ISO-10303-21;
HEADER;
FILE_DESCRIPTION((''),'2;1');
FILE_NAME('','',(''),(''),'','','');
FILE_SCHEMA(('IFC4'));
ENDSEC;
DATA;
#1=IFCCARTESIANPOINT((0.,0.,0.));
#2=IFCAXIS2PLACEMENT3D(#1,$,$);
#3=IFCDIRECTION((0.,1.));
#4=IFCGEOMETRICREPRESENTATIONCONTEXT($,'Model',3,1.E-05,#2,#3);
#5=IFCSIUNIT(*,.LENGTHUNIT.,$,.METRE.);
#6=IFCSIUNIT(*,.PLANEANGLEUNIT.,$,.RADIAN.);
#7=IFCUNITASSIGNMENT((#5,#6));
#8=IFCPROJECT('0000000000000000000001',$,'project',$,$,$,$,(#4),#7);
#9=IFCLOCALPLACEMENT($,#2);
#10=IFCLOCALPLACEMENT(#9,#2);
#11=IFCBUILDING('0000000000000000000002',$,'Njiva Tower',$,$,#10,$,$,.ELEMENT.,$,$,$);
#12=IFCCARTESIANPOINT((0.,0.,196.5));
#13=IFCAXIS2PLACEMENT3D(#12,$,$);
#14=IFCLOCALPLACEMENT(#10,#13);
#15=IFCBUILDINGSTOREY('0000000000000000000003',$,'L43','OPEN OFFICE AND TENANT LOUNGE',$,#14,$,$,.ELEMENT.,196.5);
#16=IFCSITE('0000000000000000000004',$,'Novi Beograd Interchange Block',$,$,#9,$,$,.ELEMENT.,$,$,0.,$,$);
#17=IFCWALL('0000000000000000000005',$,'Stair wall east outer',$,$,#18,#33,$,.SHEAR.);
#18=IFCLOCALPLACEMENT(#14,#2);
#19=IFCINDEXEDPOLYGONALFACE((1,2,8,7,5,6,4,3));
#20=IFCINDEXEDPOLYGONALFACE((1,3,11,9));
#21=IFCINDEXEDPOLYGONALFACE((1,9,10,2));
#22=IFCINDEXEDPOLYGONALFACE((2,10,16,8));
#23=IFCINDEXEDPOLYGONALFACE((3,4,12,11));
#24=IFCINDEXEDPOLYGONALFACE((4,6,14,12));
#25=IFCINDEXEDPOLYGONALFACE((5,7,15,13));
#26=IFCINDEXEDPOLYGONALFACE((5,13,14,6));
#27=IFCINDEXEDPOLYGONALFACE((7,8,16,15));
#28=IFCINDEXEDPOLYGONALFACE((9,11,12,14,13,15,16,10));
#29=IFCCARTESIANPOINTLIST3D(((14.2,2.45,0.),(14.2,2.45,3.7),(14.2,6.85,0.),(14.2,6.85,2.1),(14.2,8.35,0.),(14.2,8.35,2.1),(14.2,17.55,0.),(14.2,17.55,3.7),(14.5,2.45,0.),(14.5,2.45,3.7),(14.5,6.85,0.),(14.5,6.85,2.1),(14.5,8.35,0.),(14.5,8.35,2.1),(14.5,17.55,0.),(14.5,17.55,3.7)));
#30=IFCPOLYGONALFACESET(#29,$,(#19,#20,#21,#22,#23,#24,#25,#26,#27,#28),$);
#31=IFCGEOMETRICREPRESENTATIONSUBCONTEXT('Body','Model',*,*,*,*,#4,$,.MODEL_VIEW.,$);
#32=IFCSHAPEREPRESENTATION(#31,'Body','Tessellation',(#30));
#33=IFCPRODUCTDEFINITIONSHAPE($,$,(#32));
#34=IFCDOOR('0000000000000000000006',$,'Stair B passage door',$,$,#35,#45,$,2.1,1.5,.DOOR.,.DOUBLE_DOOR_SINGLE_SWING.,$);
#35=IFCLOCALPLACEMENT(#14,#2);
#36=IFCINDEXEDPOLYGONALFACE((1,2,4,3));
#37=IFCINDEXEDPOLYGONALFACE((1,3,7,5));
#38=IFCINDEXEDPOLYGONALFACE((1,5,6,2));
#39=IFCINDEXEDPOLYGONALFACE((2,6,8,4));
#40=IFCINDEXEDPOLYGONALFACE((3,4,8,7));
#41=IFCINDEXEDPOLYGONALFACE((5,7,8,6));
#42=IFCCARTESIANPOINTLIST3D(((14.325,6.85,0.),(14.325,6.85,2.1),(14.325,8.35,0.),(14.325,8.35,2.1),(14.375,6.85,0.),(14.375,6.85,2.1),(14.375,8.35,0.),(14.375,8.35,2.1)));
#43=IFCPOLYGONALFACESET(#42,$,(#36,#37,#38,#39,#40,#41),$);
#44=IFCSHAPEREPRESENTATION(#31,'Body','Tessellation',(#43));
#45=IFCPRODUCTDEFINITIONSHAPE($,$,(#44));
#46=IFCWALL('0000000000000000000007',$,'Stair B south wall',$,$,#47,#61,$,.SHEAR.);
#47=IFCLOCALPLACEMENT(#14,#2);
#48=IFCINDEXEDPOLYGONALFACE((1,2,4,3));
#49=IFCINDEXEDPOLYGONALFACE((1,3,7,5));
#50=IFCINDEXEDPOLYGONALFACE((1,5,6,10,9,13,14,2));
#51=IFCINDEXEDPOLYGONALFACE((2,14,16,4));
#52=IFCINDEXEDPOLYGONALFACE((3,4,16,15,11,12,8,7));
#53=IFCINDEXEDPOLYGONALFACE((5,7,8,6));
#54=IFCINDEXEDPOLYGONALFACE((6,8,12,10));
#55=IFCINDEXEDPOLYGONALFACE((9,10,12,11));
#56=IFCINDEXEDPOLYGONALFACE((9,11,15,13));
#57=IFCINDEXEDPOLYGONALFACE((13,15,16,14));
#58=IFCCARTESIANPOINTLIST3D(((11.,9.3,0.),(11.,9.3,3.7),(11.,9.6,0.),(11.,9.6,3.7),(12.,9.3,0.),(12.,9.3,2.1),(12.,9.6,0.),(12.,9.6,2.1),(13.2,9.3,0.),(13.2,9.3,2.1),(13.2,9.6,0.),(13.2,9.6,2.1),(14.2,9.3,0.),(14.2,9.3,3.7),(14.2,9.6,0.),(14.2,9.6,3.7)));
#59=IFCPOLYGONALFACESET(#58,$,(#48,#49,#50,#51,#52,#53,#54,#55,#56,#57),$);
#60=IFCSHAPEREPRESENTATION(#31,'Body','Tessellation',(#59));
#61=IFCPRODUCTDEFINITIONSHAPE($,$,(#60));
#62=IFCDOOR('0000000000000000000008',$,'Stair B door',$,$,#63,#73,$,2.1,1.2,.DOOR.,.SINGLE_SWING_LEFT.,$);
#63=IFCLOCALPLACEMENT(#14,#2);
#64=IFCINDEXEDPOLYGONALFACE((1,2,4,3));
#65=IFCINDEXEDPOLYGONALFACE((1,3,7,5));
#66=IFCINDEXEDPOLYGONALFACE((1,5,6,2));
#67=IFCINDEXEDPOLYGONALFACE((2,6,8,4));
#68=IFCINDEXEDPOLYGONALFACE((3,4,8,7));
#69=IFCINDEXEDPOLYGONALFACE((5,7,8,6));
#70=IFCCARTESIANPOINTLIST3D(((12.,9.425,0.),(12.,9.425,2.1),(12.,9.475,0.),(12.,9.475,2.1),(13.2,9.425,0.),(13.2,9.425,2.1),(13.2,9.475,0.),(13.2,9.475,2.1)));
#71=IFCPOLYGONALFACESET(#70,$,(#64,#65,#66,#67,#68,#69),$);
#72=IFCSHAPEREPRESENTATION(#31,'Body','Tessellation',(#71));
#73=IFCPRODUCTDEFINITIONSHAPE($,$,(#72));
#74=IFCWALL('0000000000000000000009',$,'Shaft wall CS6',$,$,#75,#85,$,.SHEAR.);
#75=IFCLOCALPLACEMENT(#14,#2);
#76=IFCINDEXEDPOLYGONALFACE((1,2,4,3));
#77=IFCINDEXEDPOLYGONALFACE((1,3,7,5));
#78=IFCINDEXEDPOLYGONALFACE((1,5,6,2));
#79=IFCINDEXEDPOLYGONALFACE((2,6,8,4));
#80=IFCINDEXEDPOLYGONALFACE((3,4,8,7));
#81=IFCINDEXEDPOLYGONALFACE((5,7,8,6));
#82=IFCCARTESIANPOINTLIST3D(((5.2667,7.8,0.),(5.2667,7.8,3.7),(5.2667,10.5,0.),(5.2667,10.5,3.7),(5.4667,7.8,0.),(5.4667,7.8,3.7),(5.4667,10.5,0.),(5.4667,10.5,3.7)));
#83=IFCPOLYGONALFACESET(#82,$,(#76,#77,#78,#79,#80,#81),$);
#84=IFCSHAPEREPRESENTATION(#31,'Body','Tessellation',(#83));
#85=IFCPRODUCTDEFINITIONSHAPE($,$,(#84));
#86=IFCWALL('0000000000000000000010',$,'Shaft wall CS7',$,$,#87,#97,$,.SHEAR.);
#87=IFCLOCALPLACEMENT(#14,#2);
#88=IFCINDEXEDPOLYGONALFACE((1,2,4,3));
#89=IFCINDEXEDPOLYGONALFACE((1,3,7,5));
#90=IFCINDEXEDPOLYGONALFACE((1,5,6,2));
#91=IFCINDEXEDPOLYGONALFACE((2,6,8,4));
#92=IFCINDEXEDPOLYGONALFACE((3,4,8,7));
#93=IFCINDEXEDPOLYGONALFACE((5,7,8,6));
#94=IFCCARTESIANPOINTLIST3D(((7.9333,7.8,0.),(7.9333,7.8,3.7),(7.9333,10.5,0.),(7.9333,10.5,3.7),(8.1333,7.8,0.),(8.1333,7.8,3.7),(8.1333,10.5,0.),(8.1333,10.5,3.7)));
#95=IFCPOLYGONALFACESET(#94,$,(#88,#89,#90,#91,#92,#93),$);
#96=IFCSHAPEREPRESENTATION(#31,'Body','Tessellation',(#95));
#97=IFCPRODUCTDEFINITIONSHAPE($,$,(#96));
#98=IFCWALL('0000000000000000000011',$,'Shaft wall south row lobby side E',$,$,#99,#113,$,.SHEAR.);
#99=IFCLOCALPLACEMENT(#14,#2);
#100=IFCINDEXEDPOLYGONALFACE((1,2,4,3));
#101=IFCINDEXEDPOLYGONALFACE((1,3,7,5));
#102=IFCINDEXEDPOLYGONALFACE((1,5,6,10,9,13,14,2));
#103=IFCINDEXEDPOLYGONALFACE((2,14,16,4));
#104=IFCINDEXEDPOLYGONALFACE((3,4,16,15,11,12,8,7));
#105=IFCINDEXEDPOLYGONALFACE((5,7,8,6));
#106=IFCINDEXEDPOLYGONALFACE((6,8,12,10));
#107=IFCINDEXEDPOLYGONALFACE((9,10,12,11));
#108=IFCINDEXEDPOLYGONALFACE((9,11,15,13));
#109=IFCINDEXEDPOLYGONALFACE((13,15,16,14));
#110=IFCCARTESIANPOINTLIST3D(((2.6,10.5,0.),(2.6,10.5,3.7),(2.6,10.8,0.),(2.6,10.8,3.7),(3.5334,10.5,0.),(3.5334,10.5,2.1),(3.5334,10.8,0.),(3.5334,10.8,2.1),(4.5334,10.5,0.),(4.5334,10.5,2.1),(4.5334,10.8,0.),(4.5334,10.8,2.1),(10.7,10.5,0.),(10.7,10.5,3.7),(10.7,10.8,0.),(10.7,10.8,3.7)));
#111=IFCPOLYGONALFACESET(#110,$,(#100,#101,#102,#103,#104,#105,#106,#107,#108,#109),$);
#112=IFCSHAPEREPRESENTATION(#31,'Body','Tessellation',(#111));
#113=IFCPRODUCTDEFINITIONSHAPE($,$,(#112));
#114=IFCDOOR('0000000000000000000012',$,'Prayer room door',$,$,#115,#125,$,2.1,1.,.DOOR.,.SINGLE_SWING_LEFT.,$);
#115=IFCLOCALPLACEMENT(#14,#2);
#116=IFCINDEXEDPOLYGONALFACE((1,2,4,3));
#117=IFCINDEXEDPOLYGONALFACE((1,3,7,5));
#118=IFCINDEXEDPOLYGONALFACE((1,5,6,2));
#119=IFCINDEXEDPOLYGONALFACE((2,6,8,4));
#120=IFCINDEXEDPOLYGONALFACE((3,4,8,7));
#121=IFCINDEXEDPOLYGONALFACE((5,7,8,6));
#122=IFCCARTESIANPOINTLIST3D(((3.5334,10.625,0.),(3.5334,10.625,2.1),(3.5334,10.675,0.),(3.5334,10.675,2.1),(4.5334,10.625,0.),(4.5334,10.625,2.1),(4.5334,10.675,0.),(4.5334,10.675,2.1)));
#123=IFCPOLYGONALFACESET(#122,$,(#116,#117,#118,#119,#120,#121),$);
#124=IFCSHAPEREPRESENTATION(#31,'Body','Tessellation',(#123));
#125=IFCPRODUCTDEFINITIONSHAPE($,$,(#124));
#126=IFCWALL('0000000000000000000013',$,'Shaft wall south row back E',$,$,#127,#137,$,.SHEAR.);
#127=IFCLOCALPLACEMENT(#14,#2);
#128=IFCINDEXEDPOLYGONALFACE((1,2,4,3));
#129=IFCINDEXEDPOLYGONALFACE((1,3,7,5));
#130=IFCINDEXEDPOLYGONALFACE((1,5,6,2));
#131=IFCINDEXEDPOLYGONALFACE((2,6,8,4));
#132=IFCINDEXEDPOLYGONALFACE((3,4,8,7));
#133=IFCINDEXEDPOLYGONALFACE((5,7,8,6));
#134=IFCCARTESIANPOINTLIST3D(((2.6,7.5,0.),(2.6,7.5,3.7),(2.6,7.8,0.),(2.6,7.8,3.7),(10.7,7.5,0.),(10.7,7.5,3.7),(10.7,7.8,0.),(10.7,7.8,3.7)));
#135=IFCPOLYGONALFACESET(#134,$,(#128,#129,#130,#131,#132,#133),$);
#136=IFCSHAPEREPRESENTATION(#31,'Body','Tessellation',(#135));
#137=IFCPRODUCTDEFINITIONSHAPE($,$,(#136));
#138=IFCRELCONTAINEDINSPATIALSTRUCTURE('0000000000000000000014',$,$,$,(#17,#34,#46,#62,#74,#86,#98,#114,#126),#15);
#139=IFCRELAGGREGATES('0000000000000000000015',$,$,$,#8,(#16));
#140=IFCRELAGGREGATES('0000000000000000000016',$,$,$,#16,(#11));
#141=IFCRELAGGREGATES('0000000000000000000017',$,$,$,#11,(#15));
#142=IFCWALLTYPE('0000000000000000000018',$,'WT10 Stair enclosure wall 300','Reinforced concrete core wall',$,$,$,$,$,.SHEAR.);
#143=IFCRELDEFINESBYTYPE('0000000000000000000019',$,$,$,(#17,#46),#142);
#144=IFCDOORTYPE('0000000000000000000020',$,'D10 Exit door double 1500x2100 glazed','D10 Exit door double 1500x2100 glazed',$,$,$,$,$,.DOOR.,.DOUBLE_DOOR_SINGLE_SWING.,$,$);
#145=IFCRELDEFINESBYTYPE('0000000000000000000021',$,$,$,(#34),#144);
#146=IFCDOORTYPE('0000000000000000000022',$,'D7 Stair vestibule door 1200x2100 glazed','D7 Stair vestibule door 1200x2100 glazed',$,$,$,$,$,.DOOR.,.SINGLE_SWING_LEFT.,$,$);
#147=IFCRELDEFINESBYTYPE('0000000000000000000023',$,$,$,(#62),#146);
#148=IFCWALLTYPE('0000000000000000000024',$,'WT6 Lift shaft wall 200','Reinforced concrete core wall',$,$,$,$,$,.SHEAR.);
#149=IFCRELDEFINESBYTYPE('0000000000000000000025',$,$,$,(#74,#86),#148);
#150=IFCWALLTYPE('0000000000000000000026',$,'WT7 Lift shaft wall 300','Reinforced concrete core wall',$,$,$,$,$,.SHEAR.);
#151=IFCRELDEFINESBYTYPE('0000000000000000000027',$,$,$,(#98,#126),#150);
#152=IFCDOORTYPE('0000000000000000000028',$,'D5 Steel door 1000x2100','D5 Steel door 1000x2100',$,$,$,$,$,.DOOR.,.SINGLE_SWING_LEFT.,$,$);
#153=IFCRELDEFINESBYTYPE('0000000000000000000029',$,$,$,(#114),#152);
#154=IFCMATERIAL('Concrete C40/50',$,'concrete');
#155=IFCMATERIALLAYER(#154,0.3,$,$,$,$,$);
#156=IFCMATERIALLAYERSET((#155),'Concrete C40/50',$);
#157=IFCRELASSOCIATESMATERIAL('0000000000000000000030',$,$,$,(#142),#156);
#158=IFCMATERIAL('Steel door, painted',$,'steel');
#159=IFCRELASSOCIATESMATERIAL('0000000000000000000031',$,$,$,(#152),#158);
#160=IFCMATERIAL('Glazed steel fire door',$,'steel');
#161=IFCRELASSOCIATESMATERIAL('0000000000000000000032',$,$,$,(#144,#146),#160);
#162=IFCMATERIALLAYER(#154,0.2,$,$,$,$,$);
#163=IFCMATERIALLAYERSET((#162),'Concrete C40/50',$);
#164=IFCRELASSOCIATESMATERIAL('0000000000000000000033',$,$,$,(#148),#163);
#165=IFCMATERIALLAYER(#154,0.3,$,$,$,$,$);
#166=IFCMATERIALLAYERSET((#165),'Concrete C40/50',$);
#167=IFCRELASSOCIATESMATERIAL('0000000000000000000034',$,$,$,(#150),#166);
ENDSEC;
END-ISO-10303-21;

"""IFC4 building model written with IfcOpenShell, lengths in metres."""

from ifc_helpers import new_model, si_unit, direction, frame, frame_2d, origin, place, context, subcontext, project, spatial, rectangle, extrude, material, layer, layer_set, type_object, element, fill, save


model = new_model("IFC4")

# Units and contexts
model_context = context("Model", 3, precision=1e-05, world=origin(), true_north=direction((0.0, 1.0)))
body_context = subcontext(model_context, "Body", "Model", "MODEL_VIEW")
ifc_project = project(units=[si_unit("LENGTHUNIT", "METRE"), si_unit("PLANEANGLEUNIT", "RADIAN")], contexts=[model_context])

# Site, building, storey
site_placement = place(None, origin())
site = spatial("IfcSite", under=ifc_project, at=site_placement, Name="Novi Beograd Interchange Block", CompositionType="ELEMENT", RefElevation=0.0)
building_placement = place(site_placement, origin())
building = spatial("IfcBuilding", under=site, at=building_placement, Name="Njiva Tower", CompositionType="ELEMENT")
storey_placement = place(building_placement, frame((0.0, 0.0, 196.5)))
storey = spatial("IfcBuildingStorey", under=building, at=storey_placement, Name="L43", Description="OPEN OFFICE AND TENANT LOUNGE", CompositionType="ELEMENT", Elevation=196.5)

# Shared definitions
ifc_material_1 = material(Name="Concrete C40/50", Category="concrete")
ifc_layer_1 = layer(ifc_material_1, 0.3)
ifc_layer_set_1 = layer_set([ifc_layer_1], Name="Concrete C40/50")
wall_type_1 = type_object("IfcWallType", Name="WT10 Stair enclosure wall 300", Description="Reinforced concrete core wall", PredefinedType="SHEAR", material=ifc_layer_set_1)
ifc_material_2 = material(Name="Steel door, painted", Category="steel")
door_type_1 = type_object("IfcDoorType", Name="D5 Steel door 1000x2100", Description="D5 Steel door 1000x2100", OperationType="SINGLE_SWING_LEFT", PredefinedType="DOOR", material=ifc_material_2)
ifc_material_3 = material(Name="Glazed steel fire door", Category="steel")

# Walls, openings, doors
wall_1_placement = place(storey_placement, frame((14.35, 2.45, 0.0), z_axis=(0.0, 0.0, 1.0), x_axis=(0.0, 1.0, 0.0)))
wall_1 = element("IfcWall", 1, at=wall_1_placement, inside=storey, type_object=wall_type_1, Name="Stair wall east outer", PredefinedType="SHEAR", context=body_context, shape_type="SweptSolid", body=[
    extrude(rectangle(XDim=15.1, YDim=0.3, at=frame_2d((7.55, 0.0))), origin(), (0.0, 0.0, 1.0), 3.7),
])
opening_1_placement = place(wall_1_placement, frame((4.4, 0.0, 0.0)))
opening_1 = element("IfcOpeningElement", 2, at=opening_1_placement, cuts=wall_1, PredefinedType="OPENING", context=body_context, shape_type="SweptSolid", body=[
    extrude(rectangle(XDim=1.5, YDim=2.1, at=frame_2d((0.75, 1.05))), frame((0.0, 0.16, 0.0), z_axis=(0.0, -1.0, 0.0), x_axis=(1.0, 0.0, 0.0)), (0.0, 0.0, 1.0), 0.32),
])
door_type_2 = type_object("IfcDoorType", Name="D10 Exit door double 1500x2100 glazed", Description="D10 Exit door double 1500x2100 glazed", OperationType="DOUBLE_DOOR_SINGLE_SWING", PredefinedType="DOOR", material=ifc_material_3)
door_1_placement = place(opening_1_placement, origin())
door_1 = element("IfcDoor", 3, at=door_1_placement, inside=storey, type_object=door_type_2, Name="Stair B passage door", OperationType="DOUBLE_DOOR_SINGLE_SWING", OverallHeight=2.1, OverallWidth=1.5, PredefinedType="DOOR", context=body_context, shape_type="SweptSolid", body=[
    extrude(rectangle(XDim=1.5, YDim=2.1, at=frame_2d((0.75, 1.05))), frame((0.0, 0.025, 0.0), z_axis=(0.0, -1.0, 0.0), x_axis=(1.0, 0.0, 0.0)), (0.0, 0.0, 1.0), 0.05),
])
fill(opening_1, door_1)
wall_2_placement = place(storey_placement, frame((11.0, 9.45, 0.0), z_axis=(0.0, 0.0, 1.0), x_axis=(1.0, 0.0, 0.0)))
wall_2 = element("IfcWall", 4, at=wall_2_placement, inside=storey, type_object=wall_type_1, Name="Stair B south wall", PredefinedType="SHEAR", context=body_context, shape_type="SweptSolid", body=[
    extrude(rectangle(XDim=3.2, YDim=0.3, at=frame_2d((1.6, 0.0))), origin(), (0.0, 0.0, 1.0), 3.7),
])
opening_2_placement = place(wall_2_placement, frame((1.0, 0.0, 0.0)))
opening_2 = element("IfcOpeningElement", 5, at=opening_2_placement, cuts=wall_2, PredefinedType="OPENING", context=body_context, shape_type="SweptSolid", body=[
    extrude(rectangle(XDim=1.2, YDim=2.1, at=frame_2d((0.6, 1.05))), frame((0.0, 0.16, 0.0), z_axis=(0.0, -1.0, 0.0), x_axis=(1.0, 0.0, 0.0)), (0.0, 0.0, 1.0), 0.32),
])
door_type_3 = type_object("IfcDoorType", Name="D7 Stair vestibule door 1200x2100 glazed", Description="D7 Stair vestibule door 1200x2100 glazed", OperationType="SINGLE_SWING_LEFT", PredefinedType="DOOR", material=ifc_material_3)
door_2_placement = place(opening_2_placement, origin())
door_2 = element("IfcDoor", 6, at=door_2_placement, inside=storey, type_object=door_type_3, Name="Stair B door", OperationType="SINGLE_SWING_LEFT", OverallHeight=2.1, OverallWidth=1.2, PredefinedType="DOOR", context=body_context, shape_type="SweptSolid", body=[
    extrude(rectangle(XDim=1.2, YDim=2.1, at=frame_2d((0.6, 1.05))), frame((0.0, 0.025, 0.0), z_axis=(0.0, -1.0, 0.0), x_axis=(1.0, 0.0, 0.0)), (0.0, 0.0, 1.0), 0.05),
])
fill(opening_2, door_2)

# Walls
ifc_layer_2 = layer(ifc_material_1, 0.2)
ifc_layer_set_2 = layer_set([ifc_layer_2], Name="Concrete C40/50")
wall_type_2 = type_object("IfcWallType", Name="WT6 Lift shaft wall 200", Description="Reinforced concrete core wall", PredefinedType="SHEAR", material=ifc_layer_set_2)
for number, where, z_axis, x_axis, name in (
    (7, (5.3667, 7.8, 0.0), (0.0, 0.0, 1.0), (0.0, 1.0, 0.0), "Shaft wall CS6"),
    (8, (8.0333, 7.8, 0.0), (0.0, 0.0, 1.0), (0.0, 1.0, 0.0), "Shaft wall CS7"),
):
    element("IfcWall", number, at=place(storey_placement, frame(where, z_axis=z_axis, x_axis=x_axis)), inside=storey, type_object=wall_type_2, Name=name, PredefinedType="SHEAR", context=body_context, shape_type="SweptSolid", body=[
        extrude(rectangle(XDim=2.7, YDim=0.2, at=frame_2d((1.35, 0.0))), origin(), (0.0, 0.0, 1.0), 3.7),
    ])

# Wall, opening, door
ifc_layer_3 = layer(ifc_material_1, 0.3)
ifc_layer_set_3 = layer_set([ifc_layer_3], Name="Concrete C40/50")
wall_type_3 = type_object("IfcWallType", Name="WT7 Lift shaft wall 300", Description="Reinforced concrete core wall", PredefinedType="SHEAR", material=ifc_layer_set_3)
wall_3_placement = place(storey_placement, frame((2.6, 10.65, 0.0), z_axis=(0.0, 0.0, 1.0), x_axis=(1.0, 0.0, 0.0)))
wall_3 = element("IfcWall", 9, at=wall_3_placement, inside=storey, type_object=wall_type_3, Name="Shaft wall south row lobby side E", PredefinedType="SHEAR", context=body_context, shape_type="SweptSolid", body=[
    extrude(rectangle(XDim=8.1, YDim=0.3, at=frame_2d((4.05, 0.0))), origin(), (0.0, 0.0, 1.0), 3.7),
])
opening_3_placement = place(wall_3_placement, frame((0.9334, 0.0, 0.0)))
opening_3 = element("IfcOpeningElement", 10, at=opening_3_placement, cuts=wall_3, PredefinedType="OPENING", context=body_context, shape_type="SweptSolid", body=[
    extrude(rectangle(XDim=1.0, YDim=2.1, at=frame_2d((0.5, 1.05))), frame((0.0, 0.16, 0.0), z_axis=(0.0, -1.0, 0.0), x_axis=(1.0, 0.0, 0.0)), (0.0, 0.0, 1.0), 0.32),
])
door_3_placement = place(opening_3_placement, origin())
door_3 = element("IfcDoor", 11, at=door_3_placement, inside=storey, type_object=door_type_1, Name="Prayer room door", OperationType="SINGLE_SWING_LEFT", OverallHeight=2.1, OverallWidth=1.0, PredefinedType="DOOR", context=body_context, shape_type="SweptSolid", body=[
    extrude(rectangle(XDim=1.0, YDim=2.1, at=frame_2d((0.5, 1.05))), frame((0.0, 0.025, 0.0), z_axis=(0.0, -1.0, 0.0), x_axis=(1.0, 0.0, 0.0)), (0.0, 0.0, 1.0), 0.05),
])
fill(opening_3, door_3)

# Wall
wall_4_placement = place(storey_placement, frame((2.6, 7.65, 0.0), z_axis=(0.0, 0.0, 1.0), x_axis=(1.0, 0.0, 0.0)))
element("IfcWall", 12, at=wall_4_placement, inside=storey, type_object=wall_type_3, Name="Shaft wall south row back E", PredefinedType="SHEAR", context=body_context, shape_type="SweptSolid", body=[
    extrude(rectangle(XDim=8.1, YDim=0.3, at=frame_2d((4.05, 0.0))), origin(), (0.0, 0.0, 1.0), 3.7),
])

save(model, "model.ifc")
